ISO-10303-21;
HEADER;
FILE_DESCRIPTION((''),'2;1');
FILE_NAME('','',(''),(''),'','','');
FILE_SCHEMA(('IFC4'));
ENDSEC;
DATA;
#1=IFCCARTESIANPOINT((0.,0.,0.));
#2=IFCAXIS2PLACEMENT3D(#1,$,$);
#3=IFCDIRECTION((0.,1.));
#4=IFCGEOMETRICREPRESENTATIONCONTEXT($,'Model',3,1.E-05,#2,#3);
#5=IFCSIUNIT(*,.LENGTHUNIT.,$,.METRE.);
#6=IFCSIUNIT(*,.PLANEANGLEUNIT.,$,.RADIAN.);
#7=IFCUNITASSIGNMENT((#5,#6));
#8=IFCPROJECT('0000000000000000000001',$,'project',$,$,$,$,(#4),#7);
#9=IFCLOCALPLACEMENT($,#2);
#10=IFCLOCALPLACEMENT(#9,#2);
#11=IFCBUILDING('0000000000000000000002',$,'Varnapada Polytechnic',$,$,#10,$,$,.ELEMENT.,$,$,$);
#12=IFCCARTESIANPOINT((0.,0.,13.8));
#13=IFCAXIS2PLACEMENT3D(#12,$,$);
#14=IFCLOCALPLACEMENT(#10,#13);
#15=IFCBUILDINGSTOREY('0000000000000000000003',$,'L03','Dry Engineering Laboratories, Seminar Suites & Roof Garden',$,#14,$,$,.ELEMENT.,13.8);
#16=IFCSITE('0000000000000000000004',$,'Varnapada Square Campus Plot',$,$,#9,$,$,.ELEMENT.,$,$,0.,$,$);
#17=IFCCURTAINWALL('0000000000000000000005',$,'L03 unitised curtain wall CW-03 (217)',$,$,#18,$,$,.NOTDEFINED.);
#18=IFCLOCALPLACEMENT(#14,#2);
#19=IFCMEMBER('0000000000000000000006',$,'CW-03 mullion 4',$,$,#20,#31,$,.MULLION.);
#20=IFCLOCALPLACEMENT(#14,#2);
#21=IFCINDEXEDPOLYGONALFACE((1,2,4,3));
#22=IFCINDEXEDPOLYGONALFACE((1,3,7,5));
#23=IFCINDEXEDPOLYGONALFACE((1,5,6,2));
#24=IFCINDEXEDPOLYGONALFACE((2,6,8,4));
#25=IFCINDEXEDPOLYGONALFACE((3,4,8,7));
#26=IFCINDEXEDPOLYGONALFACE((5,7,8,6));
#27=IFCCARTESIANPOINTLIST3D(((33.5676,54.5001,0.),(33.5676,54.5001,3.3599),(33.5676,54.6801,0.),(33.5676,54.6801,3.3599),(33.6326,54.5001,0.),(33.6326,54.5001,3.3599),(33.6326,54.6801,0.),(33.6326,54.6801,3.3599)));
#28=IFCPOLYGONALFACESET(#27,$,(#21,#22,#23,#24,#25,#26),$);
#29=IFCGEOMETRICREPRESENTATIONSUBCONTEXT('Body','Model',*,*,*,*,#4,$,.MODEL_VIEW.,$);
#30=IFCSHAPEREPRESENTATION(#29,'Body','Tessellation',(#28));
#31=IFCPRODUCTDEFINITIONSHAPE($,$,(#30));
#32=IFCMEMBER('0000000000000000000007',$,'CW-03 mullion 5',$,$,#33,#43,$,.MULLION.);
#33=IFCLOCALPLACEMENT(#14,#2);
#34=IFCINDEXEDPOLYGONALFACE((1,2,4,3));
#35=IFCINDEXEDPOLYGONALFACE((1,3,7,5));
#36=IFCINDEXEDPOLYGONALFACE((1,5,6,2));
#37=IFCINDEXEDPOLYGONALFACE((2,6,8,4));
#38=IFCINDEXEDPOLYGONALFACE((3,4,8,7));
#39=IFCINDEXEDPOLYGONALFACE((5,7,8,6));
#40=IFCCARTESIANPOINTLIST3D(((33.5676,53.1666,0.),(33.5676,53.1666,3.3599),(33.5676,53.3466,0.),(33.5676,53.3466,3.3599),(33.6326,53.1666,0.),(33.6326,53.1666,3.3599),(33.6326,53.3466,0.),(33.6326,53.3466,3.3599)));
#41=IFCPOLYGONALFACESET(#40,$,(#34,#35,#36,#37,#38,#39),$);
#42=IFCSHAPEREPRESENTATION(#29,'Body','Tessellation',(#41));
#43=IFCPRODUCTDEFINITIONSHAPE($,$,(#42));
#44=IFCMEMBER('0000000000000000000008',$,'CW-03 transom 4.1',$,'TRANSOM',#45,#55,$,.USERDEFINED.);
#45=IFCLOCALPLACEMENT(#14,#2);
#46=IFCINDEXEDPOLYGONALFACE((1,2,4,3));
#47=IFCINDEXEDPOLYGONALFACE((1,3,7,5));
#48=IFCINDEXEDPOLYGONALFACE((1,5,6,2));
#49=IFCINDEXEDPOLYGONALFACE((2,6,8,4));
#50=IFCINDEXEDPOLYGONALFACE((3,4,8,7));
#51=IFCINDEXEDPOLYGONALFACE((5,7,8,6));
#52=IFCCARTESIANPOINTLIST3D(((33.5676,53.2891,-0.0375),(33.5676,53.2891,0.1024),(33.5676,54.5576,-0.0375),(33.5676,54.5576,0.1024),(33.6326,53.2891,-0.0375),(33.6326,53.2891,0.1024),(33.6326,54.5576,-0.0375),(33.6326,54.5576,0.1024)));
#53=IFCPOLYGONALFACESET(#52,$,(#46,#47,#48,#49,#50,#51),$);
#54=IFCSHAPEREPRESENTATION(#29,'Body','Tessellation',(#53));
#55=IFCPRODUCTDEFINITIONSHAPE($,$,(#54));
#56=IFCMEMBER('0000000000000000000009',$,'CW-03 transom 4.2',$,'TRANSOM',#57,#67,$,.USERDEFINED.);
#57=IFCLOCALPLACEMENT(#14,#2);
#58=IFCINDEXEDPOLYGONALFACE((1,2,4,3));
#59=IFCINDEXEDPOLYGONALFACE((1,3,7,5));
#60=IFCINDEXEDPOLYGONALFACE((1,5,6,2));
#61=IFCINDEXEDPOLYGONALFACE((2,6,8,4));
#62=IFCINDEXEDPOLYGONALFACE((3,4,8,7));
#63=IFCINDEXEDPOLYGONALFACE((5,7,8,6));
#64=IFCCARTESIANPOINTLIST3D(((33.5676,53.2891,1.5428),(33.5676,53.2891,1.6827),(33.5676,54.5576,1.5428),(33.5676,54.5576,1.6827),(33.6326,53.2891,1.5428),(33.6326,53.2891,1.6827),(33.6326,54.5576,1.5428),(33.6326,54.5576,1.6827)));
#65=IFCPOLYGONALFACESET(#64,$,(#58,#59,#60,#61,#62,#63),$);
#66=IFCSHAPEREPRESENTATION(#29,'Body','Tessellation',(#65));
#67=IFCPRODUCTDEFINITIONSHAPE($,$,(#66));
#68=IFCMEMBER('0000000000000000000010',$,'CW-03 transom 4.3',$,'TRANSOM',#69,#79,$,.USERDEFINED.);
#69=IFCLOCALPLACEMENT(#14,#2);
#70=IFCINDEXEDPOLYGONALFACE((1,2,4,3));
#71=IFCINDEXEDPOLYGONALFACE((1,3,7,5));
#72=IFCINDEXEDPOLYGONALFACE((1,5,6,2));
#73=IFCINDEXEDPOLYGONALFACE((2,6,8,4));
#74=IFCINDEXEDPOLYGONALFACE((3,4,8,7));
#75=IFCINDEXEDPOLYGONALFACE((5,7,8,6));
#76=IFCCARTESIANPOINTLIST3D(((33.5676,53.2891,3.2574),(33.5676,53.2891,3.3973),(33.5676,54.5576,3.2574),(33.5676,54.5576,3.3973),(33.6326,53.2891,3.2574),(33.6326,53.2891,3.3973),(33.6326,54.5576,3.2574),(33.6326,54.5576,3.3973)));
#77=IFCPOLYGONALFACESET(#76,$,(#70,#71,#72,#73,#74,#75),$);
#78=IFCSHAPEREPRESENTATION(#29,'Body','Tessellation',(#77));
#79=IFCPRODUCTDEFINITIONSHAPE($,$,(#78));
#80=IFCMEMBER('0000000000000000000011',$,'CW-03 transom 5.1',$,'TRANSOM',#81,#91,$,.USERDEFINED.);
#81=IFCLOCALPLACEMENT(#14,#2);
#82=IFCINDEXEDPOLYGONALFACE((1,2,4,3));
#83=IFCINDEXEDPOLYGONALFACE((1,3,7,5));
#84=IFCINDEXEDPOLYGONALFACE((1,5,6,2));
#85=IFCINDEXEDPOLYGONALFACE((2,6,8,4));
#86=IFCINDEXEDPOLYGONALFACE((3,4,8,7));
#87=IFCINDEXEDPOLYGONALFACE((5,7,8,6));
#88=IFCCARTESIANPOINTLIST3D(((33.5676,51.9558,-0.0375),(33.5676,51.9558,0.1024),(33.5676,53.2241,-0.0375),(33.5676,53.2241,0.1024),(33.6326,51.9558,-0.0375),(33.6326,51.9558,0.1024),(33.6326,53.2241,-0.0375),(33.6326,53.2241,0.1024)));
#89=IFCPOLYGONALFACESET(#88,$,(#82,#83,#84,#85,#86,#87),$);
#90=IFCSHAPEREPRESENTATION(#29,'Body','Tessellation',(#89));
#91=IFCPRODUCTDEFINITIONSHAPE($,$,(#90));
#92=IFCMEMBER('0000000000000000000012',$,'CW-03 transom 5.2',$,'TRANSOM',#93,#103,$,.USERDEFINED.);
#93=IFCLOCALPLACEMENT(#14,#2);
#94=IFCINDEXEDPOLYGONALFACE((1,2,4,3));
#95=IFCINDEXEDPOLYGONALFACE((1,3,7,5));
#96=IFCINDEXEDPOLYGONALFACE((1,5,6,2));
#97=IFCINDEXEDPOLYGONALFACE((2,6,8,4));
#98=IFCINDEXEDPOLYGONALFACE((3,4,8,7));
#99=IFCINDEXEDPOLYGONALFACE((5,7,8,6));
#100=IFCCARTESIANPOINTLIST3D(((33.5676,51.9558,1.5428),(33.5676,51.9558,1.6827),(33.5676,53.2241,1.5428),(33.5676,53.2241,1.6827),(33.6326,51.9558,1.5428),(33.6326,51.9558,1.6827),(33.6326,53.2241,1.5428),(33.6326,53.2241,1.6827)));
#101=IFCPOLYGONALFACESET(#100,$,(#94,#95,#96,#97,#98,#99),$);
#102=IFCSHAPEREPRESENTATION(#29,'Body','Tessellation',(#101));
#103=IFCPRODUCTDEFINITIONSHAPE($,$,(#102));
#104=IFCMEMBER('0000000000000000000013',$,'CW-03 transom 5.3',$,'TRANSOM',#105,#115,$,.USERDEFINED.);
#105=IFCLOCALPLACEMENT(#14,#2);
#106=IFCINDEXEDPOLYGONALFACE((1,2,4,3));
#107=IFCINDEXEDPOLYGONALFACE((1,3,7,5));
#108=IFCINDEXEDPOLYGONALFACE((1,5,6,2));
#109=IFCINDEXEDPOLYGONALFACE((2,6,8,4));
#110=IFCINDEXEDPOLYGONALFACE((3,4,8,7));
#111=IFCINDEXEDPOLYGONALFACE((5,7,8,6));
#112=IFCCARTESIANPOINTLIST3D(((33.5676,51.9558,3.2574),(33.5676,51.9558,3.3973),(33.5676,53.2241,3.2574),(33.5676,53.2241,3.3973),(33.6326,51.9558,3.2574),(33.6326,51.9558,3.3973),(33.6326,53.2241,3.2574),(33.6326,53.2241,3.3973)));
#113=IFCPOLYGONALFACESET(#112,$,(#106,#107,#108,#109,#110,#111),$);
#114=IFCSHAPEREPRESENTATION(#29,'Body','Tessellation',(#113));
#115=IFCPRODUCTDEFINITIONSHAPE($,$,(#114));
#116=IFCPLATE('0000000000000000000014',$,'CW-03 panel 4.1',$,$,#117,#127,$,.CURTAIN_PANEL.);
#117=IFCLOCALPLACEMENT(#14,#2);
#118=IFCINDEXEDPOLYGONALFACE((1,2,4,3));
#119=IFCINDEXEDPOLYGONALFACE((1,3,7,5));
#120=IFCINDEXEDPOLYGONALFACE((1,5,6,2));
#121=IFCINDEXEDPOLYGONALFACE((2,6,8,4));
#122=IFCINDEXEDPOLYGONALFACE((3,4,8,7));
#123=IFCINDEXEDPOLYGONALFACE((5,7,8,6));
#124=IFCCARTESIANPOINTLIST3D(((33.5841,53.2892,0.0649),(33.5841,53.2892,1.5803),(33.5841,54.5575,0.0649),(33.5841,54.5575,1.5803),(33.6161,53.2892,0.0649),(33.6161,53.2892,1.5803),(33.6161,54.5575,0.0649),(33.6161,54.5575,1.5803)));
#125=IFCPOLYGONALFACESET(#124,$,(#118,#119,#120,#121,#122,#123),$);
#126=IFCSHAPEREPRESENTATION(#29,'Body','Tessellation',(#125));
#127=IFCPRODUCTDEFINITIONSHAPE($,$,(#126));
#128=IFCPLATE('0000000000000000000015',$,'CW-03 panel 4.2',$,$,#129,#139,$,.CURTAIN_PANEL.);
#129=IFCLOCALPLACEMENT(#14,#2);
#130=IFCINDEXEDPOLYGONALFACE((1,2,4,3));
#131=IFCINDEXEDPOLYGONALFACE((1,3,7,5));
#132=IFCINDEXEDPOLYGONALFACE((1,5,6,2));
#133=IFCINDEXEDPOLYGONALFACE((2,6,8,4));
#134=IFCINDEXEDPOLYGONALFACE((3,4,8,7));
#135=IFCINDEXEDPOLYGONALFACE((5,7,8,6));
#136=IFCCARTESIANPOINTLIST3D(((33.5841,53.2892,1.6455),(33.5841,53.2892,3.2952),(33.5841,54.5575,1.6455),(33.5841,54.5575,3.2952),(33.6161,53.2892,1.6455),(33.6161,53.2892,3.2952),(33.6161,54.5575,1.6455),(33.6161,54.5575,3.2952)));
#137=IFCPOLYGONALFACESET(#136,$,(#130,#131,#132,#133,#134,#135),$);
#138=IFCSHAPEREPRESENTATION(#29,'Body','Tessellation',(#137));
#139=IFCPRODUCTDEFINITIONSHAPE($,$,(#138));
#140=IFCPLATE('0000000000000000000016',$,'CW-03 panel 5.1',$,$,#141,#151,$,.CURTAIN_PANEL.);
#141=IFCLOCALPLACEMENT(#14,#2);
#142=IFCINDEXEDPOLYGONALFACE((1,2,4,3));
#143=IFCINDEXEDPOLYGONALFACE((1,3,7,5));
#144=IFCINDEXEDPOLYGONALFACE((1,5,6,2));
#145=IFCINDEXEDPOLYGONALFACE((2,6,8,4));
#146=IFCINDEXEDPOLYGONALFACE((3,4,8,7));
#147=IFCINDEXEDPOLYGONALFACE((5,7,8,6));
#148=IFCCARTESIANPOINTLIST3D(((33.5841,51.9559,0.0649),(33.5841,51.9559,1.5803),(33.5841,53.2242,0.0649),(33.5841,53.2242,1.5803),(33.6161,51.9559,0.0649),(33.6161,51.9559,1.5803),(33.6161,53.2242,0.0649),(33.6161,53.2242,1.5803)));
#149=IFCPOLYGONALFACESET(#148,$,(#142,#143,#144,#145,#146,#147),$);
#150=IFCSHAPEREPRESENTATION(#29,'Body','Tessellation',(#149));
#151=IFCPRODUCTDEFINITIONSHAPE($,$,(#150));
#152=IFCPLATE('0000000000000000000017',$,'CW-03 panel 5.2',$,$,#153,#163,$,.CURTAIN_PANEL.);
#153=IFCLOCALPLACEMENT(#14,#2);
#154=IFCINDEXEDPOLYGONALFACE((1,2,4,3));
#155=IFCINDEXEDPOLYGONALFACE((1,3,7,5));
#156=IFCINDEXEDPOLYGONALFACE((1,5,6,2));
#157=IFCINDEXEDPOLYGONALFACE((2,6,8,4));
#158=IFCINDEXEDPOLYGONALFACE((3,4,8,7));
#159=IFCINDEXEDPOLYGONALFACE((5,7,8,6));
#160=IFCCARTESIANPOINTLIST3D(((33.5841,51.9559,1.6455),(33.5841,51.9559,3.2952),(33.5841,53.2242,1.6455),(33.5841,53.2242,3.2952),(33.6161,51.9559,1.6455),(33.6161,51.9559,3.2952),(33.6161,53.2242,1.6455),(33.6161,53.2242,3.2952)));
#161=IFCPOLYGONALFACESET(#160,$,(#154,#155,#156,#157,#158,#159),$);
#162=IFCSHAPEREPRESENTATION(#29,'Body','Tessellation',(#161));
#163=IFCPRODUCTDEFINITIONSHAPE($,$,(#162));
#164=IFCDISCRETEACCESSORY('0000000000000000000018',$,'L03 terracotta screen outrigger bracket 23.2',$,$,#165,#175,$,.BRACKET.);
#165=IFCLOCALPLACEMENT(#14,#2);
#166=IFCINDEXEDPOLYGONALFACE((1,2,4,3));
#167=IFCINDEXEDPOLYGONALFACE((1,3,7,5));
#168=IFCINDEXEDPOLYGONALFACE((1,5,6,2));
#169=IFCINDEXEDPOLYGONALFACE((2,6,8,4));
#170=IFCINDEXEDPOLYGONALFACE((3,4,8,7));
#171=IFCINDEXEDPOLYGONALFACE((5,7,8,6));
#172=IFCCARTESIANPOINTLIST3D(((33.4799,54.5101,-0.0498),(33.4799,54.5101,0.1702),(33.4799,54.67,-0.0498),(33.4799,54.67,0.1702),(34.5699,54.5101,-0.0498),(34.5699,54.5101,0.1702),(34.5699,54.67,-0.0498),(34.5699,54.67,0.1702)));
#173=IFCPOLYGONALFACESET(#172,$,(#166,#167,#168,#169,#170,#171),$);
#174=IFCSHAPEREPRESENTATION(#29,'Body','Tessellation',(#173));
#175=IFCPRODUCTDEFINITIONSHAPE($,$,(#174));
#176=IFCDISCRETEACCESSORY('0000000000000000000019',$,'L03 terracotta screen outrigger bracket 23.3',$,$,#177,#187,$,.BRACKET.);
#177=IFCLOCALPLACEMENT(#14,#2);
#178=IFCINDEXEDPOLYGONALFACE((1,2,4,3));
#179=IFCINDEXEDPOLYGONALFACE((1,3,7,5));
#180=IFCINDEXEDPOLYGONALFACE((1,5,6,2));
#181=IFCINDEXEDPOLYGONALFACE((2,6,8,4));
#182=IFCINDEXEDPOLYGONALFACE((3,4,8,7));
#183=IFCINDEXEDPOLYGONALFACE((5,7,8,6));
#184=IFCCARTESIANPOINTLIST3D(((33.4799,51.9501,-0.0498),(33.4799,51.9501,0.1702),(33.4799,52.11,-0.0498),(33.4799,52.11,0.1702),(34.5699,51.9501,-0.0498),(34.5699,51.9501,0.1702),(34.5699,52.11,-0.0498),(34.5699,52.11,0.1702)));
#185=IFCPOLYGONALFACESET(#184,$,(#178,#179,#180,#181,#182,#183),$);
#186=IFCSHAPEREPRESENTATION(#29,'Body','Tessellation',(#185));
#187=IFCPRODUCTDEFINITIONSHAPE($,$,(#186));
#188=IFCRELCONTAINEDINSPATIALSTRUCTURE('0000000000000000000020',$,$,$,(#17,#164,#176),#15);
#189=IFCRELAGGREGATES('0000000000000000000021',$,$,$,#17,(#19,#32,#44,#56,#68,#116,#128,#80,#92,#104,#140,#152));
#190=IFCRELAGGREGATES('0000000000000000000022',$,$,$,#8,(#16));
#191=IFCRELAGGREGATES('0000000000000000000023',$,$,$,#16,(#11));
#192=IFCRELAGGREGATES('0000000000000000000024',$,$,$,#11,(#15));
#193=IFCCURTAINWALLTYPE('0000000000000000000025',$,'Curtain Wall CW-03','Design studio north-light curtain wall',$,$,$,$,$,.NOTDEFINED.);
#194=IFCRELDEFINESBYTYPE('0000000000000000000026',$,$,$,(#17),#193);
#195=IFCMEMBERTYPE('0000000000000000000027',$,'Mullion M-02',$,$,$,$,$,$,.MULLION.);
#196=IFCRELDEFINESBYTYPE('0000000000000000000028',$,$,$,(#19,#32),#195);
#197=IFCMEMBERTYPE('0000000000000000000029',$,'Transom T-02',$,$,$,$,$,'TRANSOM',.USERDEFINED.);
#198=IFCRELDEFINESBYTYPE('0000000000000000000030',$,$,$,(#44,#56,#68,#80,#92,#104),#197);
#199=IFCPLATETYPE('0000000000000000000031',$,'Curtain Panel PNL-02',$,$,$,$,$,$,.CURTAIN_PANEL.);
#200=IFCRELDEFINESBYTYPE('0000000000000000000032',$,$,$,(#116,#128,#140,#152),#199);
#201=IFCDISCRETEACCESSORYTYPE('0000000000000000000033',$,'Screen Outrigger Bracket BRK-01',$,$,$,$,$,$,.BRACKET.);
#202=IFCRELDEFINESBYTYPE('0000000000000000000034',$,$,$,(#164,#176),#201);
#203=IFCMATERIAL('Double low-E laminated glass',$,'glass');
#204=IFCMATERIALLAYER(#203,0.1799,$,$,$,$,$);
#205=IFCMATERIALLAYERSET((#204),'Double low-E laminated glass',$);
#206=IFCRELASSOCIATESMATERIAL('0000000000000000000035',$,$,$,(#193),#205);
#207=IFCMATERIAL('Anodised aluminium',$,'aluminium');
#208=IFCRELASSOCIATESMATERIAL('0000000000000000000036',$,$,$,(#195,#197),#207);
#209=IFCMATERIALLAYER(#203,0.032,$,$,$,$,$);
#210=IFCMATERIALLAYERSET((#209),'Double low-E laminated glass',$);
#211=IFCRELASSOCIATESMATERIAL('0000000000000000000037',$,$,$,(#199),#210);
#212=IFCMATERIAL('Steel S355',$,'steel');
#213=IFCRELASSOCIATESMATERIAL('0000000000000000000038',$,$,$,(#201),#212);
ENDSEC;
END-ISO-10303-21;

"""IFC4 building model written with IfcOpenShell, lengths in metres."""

from ifc_helpers import new_model, si_unit, direction, frame, origin, origin_2d, place, context, subcontext, project, spatial, rectangle, extrude, material, layer, layer_set, material_profile, profile_set, type_object, element, aggregate, save


model = new_model("IFC4")

# Units and contexts
model_context = context("Model", 3, precision=1e-05, world=origin(), true_north=direction((0.0, 1.0)))
body_context = subcontext(model_context, "Body", "Model", "MODEL_VIEW")
ifc_project = project(units=[si_unit("LENGTHUNIT", "METRE"), si_unit("PLANEANGLEUNIT", "RADIAN")], contexts=[model_context])

# Site, building, storey
site_placement = place(None, origin())
site = spatial("IfcSite", under=ifc_project, at=site_placement, Name="Varnapada Square Campus Plot", CompositionType="ELEMENT", RefElevation=0.0)
building_placement = place(site_placement, origin())
building = spatial("IfcBuilding", under=site, at=building_placement, Name="Varnapada Polytechnic", CompositionType="ELEMENT")
storey_placement = place(building_placement, frame((0.0, 0.0, 13.8)))
storey = spatial("IfcBuildingStorey", under=building, at=storey_placement, Name="L03", Description="Dry Engineering Laboratories, Seminar Suites & Roof Garden", CompositionType="ELEMENT", Elevation=13.8)

# Curtain wall, members, plates
ifc_material_1 = material(Name="Double low-E laminated glass", Category="glass")
ifc_layer_1 = layer(ifc_material_1, 0.1799)
ifc_layer_set_1 = layer_set([ifc_layer_1], Name="Double low-E laminated glass")
curtain_wall_type = type_object("IfcCurtainWallType", Name="Curtain Wall CW-03", Description="Design studio north-light curtain wall", PredefinedType="NOTDEFINED", material=ifc_layer_set_1)
curtain_wall_placement = place(storey_placement, origin())
curtain_wall = element("IfcCurtainWall", 1, at=curtain_wall_placement, inside=storey, type_object=curtain_wall_type, Name="L03 unitised curtain wall CW-03 (217)", PredefinedType="NOTDEFINED")
ifc_material_2 = material(Name="Anodised aluminium", Category="aluminium")
ifc_material_profile_1 = material_profile(ifc_material_2, rectangle(XDim=0.0649, YDim=0.1799, at=origin_2d()), Name="ALU M65x180")
ifc_profile_set_1 = profile_set([ifc_material_profile_1], Name="Anodised aluminium")
member_type_1 = type_object("IfcMemberType", Name="Mullion M-02", PredefinedType="MULLION", material=ifc_profile_set_1)
member_1_placement = place(storey_placement, frame((33.6001, 54.5901, 0.0), z_axis=(0.0, 0.0, 1.0), x_axis=(1.0, 0.0, 0.0)))
member_1 = element("IfcMember", 2, at=member_1_placement, type_object=member_type_1, Name="CW-03 mullion 4", PredefinedType="MULLION", context=body_context, shape_type="SweptSolid", body=[
    extrude(rectangle(XDim=0.0649, YDim=0.1799, at=origin_2d()), origin(), (0.0, 0.0, 1.0), 3.3599),
])
member_2_placement = place(storey_placement, frame((33.6001, 53.2566, 0.0), z_axis=(0.0, 0.0, 1.0), x_axis=(1.0, 0.0, 0.0)))
member_2 = element("IfcMember", 3, at=member_2_placement, type_object=member_type_1, Name="CW-03 mullion 5", PredefinedType="MULLION", context=body_context, shape_type="SweptSolid", body=[
    extrude(rectangle(XDim=0.0649, YDim=0.1799, at=origin_2d()), origin(), (0.0, 0.0, 1.0), 3.3599),
])
ifc_material_profile_2 = material_profile(ifc_material_2, rectangle(XDim=0.0649, YDim=0.1399, at=origin_2d()), Name="ALU T65x140")
ifc_profile_set_2 = profile_set([ifc_material_profile_2], Name="Anodised aluminium")
member_type_2 = type_object("IfcMemberType", Name="Transom T-02", ElementType="TRANSOM", PredefinedType="USERDEFINED", material=ifc_profile_set_2)
member_3_placement = place(storey_placement, frame((33.6001, 54.5576, 0.0325), z_axis=(0.0, -1.0, 0.0), x_axis=(1.0, 0.0, 0.0)))
member_3 = element("IfcMember", 4, at=member_3_placement, type_object=member_type_2, Name="CW-03 transom 4.1", ObjectType="TRANSOM", PredefinedType="USERDEFINED", context=body_context, shape_type="SweptSolid", body=[
    extrude(rectangle(XDim=0.0649, YDim=0.1399, at=origin_2d()), origin(), (0.0, 0.0, 1.0), 1.2686),
])
member_4_placement = place(storey_placement, frame((33.6001, 54.5576, 1.6128), z_axis=(0.0, -1.0, 0.0), x_axis=(1.0, 0.0, 0.0)))
member_4 = element("IfcMember", 5, at=member_4_placement, type_object=member_type_2, Name="CW-03 transom 4.2", ObjectType="TRANSOM", PredefinedType="USERDEFINED", context=body_context, shape_type="SweptSolid", body=[
    extrude(rectangle(XDim=0.0649, YDim=0.1399, at=origin_2d()), origin(), (0.0, 0.0, 1.0), 1.2686),
])
member_5_placement = place(storey_placement, frame((33.6001, 54.5576, 3.3274), z_axis=(0.0, -1.0, 0.0), x_axis=(1.0, 0.0, 0.0)))
member_5 = element("IfcMember", 6, at=member_5_placement, type_object=member_type_2, Name="CW-03 transom 4.3", ObjectType="TRANSOM", PredefinedType="USERDEFINED", context=body_context, shape_type="SweptSolid", body=[
    extrude(rectangle(XDim=0.0649, YDim=0.1399, at=origin_2d()), origin(), (0.0, 0.0, 1.0), 1.2686),
])
member_6_placement = place(storey_placement, frame((33.6001, 53.2241, 0.0325), z_axis=(0.0, -1.0, 0.0), x_axis=(1.0, 0.0, 0.0)))
member_6 = element("IfcMember", 7, at=member_6_placement, type_object=member_type_2, Name="CW-03 transom 5.1", ObjectType="TRANSOM", PredefinedType="USERDEFINED", context=body_context, shape_type="SweptSolid", body=[
    extrude(rectangle(XDim=0.0649, YDim=0.1399, at=origin_2d()), origin(), (0.0, 0.0, 1.0), 1.2683),
])
member_7_placement = place(storey_placement, frame((33.6001, 53.2241, 1.6128), z_axis=(0.0, -1.0, 0.0), x_axis=(1.0, 0.0, 0.0)))
member_7 = element("IfcMember", 8, at=member_7_placement, type_object=member_type_2, Name="CW-03 transom 5.2", ObjectType="TRANSOM", PredefinedType="USERDEFINED", context=body_context, shape_type="SweptSolid", body=[
    extrude(rectangle(XDim=0.0649, YDim=0.1399, at=origin_2d()), origin(), (0.0, 0.0, 1.0), 1.2683),
])
member_8_placement = place(storey_placement, frame((33.6001, 53.2241, 3.3274), z_axis=(0.0, -1.0, 0.0), x_axis=(1.0, 0.0, 0.0)))
member_8 = element("IfcMember", 9, at=member_8_placement, type_object=member_type_2, Name="CW-03 transom 5.3", ObjectType="TRANSOM", PredefinedType="USERDEFINED", context=body_context, shape_type="SweptSolid", body=[
    extrude(rectangle(XDim=0.0649, YDim=0.1399, at=origin_2d()), origin(), (0.0, 0.0, 1.0), 1.2683),
])
ifc_layer_2 = layer(ifc_material_1, 0.032)
ifc_layer_set_2 = layer_set([ifc_layer_2], Name="Double low-E laminated glass")
plate_type = type_object("IfcPlateType", Name="Curtain Panel PNL-02", PredefinedType="CURTAIN_PANEL", material=ifc_layer_set_2)
plate_1_placement = place(storey_placement, frame((33.6001, 53.9233, 0.0649), z_axis=(0.0, 0.0, 1.0), x_axis=(0.0, -1.0, 0.0)))
plate_1 = element("IfcPlate", 10, at=plate_1_placement, type_object=plate_type, Name="CW-03 panel 4.1", PredefinedType="CURTAIN_PANEL", context=body_context, shape_type="SweptSolid", body=[
    extrude(rectangle(XDim=1.2683, YDim=0.032, at=origin_2d()), origin(), (0.0, 0.0, 1.0), 1.5154),
])
plate_2_placement = place(storey_placement, frame((33.6001, 53.9233, 1.6455), z_axis=(0.0, 0.0, 1.0), x_axis=(0.0, -1.0, 0.0)))
plate_2 = element("IfcPlate", 11, at=plate_2_placement, type_object=plate_type, Name="CW-03 panel 4.2", PredefinedType="CURTAIN_PANEL", context=body_context, shape_type="SweptSolid", body=[
    extrude(rectangle(XDim=1.2683, YDim=0.032, at=origin_2d()), origin(), (0.0, 0.0, 1.0), 1.6497),
])
plate_3_placement = place(storey_placement, frame((33.6001, 52.5901, 0.0649), z_axis=(0.0, 0.0, 1.0), x_axis=(0.0, -1.0, 0.0)))
plate_3 = element("IfcPlate", 12, at=plate_3_placement, type_object=plate_type, Name="CW-03 panel 5.1", PredefinedType="CURTAIN_PANEL", context=body_context, shape_type="SweptSolid", body=[
    extrude(rectangle(XDim=1.2683, YDim=0.032, at=origin_2d()), origin(), (0.0, 0.0, 1.0), 1.5154),
])
plate_4_placement = place(storey_placement, frame((33.6001, 52.5901, 1.6455), z_axis=(0.0, 0.0, 1.0), x_axis=(0.0, -1.0, 0.0)))
plate_4 = element("IfcPlate", 13, at=plate_4_placement, type_object=plate_type, Name="CW-03 panel 5.2", PredefinedType="CURTAIN_PANEL", context=body_context, shape_type="SweptSolid", body=[
    extrude(rectangle(XDim=1.2683, YDim=0.032, at=origin_2d()), origin(), (0.0, 0.0, 1.0), 1.6497),
])
aggregate(curtain_wall, [member_1, member_2, member_3, member_4, member_5, plate_1, plate_2, member_6, member_7, member_8, plate_3, plate_4])

# Discrete accessories
ifc_material_3 = material(Name="Steel S355", Category="steel")
discrete_accessory_type = type_object("IfcDiscreteAccessoryType", Name="Screen Outrigger Bracket BRK-01", PredefinedType="BRACKET", material=ifc_material_3)
for number, where, z_axis, x_axis, name in (
    (14, (34.0249, 54.5901, -0.0498), (0.0, 0.0, 1.0), (0.0, -1.0, 0.0), "L03 terracotta screen outrigger bracket 23.2"),
    (15, (34.0249, 52.03, -0.0498), (0.0, 0.0, 1.0), (0.0, -1.0, 0.0), "L03 terracotta screen outrigger bracket 23.3"),
):
    element("IfcDiscreteAccessory", number, at=place(storey_placement, frame(where, z_axis=z_axis, x_axis=x_axis)), inside=storey, type_object=discrete_accessory_type, Name=name, PredefinedType="BRACKET", context=body_context, shape_type="SweptSolid", body=[
        extrude(rectangle(XDim=0.1599, YDim=1.0901, at=origin_2d()), origin(), (0.0, 0.0, 1.0), 0.22),
    ])

save(model, "model.ifc")
